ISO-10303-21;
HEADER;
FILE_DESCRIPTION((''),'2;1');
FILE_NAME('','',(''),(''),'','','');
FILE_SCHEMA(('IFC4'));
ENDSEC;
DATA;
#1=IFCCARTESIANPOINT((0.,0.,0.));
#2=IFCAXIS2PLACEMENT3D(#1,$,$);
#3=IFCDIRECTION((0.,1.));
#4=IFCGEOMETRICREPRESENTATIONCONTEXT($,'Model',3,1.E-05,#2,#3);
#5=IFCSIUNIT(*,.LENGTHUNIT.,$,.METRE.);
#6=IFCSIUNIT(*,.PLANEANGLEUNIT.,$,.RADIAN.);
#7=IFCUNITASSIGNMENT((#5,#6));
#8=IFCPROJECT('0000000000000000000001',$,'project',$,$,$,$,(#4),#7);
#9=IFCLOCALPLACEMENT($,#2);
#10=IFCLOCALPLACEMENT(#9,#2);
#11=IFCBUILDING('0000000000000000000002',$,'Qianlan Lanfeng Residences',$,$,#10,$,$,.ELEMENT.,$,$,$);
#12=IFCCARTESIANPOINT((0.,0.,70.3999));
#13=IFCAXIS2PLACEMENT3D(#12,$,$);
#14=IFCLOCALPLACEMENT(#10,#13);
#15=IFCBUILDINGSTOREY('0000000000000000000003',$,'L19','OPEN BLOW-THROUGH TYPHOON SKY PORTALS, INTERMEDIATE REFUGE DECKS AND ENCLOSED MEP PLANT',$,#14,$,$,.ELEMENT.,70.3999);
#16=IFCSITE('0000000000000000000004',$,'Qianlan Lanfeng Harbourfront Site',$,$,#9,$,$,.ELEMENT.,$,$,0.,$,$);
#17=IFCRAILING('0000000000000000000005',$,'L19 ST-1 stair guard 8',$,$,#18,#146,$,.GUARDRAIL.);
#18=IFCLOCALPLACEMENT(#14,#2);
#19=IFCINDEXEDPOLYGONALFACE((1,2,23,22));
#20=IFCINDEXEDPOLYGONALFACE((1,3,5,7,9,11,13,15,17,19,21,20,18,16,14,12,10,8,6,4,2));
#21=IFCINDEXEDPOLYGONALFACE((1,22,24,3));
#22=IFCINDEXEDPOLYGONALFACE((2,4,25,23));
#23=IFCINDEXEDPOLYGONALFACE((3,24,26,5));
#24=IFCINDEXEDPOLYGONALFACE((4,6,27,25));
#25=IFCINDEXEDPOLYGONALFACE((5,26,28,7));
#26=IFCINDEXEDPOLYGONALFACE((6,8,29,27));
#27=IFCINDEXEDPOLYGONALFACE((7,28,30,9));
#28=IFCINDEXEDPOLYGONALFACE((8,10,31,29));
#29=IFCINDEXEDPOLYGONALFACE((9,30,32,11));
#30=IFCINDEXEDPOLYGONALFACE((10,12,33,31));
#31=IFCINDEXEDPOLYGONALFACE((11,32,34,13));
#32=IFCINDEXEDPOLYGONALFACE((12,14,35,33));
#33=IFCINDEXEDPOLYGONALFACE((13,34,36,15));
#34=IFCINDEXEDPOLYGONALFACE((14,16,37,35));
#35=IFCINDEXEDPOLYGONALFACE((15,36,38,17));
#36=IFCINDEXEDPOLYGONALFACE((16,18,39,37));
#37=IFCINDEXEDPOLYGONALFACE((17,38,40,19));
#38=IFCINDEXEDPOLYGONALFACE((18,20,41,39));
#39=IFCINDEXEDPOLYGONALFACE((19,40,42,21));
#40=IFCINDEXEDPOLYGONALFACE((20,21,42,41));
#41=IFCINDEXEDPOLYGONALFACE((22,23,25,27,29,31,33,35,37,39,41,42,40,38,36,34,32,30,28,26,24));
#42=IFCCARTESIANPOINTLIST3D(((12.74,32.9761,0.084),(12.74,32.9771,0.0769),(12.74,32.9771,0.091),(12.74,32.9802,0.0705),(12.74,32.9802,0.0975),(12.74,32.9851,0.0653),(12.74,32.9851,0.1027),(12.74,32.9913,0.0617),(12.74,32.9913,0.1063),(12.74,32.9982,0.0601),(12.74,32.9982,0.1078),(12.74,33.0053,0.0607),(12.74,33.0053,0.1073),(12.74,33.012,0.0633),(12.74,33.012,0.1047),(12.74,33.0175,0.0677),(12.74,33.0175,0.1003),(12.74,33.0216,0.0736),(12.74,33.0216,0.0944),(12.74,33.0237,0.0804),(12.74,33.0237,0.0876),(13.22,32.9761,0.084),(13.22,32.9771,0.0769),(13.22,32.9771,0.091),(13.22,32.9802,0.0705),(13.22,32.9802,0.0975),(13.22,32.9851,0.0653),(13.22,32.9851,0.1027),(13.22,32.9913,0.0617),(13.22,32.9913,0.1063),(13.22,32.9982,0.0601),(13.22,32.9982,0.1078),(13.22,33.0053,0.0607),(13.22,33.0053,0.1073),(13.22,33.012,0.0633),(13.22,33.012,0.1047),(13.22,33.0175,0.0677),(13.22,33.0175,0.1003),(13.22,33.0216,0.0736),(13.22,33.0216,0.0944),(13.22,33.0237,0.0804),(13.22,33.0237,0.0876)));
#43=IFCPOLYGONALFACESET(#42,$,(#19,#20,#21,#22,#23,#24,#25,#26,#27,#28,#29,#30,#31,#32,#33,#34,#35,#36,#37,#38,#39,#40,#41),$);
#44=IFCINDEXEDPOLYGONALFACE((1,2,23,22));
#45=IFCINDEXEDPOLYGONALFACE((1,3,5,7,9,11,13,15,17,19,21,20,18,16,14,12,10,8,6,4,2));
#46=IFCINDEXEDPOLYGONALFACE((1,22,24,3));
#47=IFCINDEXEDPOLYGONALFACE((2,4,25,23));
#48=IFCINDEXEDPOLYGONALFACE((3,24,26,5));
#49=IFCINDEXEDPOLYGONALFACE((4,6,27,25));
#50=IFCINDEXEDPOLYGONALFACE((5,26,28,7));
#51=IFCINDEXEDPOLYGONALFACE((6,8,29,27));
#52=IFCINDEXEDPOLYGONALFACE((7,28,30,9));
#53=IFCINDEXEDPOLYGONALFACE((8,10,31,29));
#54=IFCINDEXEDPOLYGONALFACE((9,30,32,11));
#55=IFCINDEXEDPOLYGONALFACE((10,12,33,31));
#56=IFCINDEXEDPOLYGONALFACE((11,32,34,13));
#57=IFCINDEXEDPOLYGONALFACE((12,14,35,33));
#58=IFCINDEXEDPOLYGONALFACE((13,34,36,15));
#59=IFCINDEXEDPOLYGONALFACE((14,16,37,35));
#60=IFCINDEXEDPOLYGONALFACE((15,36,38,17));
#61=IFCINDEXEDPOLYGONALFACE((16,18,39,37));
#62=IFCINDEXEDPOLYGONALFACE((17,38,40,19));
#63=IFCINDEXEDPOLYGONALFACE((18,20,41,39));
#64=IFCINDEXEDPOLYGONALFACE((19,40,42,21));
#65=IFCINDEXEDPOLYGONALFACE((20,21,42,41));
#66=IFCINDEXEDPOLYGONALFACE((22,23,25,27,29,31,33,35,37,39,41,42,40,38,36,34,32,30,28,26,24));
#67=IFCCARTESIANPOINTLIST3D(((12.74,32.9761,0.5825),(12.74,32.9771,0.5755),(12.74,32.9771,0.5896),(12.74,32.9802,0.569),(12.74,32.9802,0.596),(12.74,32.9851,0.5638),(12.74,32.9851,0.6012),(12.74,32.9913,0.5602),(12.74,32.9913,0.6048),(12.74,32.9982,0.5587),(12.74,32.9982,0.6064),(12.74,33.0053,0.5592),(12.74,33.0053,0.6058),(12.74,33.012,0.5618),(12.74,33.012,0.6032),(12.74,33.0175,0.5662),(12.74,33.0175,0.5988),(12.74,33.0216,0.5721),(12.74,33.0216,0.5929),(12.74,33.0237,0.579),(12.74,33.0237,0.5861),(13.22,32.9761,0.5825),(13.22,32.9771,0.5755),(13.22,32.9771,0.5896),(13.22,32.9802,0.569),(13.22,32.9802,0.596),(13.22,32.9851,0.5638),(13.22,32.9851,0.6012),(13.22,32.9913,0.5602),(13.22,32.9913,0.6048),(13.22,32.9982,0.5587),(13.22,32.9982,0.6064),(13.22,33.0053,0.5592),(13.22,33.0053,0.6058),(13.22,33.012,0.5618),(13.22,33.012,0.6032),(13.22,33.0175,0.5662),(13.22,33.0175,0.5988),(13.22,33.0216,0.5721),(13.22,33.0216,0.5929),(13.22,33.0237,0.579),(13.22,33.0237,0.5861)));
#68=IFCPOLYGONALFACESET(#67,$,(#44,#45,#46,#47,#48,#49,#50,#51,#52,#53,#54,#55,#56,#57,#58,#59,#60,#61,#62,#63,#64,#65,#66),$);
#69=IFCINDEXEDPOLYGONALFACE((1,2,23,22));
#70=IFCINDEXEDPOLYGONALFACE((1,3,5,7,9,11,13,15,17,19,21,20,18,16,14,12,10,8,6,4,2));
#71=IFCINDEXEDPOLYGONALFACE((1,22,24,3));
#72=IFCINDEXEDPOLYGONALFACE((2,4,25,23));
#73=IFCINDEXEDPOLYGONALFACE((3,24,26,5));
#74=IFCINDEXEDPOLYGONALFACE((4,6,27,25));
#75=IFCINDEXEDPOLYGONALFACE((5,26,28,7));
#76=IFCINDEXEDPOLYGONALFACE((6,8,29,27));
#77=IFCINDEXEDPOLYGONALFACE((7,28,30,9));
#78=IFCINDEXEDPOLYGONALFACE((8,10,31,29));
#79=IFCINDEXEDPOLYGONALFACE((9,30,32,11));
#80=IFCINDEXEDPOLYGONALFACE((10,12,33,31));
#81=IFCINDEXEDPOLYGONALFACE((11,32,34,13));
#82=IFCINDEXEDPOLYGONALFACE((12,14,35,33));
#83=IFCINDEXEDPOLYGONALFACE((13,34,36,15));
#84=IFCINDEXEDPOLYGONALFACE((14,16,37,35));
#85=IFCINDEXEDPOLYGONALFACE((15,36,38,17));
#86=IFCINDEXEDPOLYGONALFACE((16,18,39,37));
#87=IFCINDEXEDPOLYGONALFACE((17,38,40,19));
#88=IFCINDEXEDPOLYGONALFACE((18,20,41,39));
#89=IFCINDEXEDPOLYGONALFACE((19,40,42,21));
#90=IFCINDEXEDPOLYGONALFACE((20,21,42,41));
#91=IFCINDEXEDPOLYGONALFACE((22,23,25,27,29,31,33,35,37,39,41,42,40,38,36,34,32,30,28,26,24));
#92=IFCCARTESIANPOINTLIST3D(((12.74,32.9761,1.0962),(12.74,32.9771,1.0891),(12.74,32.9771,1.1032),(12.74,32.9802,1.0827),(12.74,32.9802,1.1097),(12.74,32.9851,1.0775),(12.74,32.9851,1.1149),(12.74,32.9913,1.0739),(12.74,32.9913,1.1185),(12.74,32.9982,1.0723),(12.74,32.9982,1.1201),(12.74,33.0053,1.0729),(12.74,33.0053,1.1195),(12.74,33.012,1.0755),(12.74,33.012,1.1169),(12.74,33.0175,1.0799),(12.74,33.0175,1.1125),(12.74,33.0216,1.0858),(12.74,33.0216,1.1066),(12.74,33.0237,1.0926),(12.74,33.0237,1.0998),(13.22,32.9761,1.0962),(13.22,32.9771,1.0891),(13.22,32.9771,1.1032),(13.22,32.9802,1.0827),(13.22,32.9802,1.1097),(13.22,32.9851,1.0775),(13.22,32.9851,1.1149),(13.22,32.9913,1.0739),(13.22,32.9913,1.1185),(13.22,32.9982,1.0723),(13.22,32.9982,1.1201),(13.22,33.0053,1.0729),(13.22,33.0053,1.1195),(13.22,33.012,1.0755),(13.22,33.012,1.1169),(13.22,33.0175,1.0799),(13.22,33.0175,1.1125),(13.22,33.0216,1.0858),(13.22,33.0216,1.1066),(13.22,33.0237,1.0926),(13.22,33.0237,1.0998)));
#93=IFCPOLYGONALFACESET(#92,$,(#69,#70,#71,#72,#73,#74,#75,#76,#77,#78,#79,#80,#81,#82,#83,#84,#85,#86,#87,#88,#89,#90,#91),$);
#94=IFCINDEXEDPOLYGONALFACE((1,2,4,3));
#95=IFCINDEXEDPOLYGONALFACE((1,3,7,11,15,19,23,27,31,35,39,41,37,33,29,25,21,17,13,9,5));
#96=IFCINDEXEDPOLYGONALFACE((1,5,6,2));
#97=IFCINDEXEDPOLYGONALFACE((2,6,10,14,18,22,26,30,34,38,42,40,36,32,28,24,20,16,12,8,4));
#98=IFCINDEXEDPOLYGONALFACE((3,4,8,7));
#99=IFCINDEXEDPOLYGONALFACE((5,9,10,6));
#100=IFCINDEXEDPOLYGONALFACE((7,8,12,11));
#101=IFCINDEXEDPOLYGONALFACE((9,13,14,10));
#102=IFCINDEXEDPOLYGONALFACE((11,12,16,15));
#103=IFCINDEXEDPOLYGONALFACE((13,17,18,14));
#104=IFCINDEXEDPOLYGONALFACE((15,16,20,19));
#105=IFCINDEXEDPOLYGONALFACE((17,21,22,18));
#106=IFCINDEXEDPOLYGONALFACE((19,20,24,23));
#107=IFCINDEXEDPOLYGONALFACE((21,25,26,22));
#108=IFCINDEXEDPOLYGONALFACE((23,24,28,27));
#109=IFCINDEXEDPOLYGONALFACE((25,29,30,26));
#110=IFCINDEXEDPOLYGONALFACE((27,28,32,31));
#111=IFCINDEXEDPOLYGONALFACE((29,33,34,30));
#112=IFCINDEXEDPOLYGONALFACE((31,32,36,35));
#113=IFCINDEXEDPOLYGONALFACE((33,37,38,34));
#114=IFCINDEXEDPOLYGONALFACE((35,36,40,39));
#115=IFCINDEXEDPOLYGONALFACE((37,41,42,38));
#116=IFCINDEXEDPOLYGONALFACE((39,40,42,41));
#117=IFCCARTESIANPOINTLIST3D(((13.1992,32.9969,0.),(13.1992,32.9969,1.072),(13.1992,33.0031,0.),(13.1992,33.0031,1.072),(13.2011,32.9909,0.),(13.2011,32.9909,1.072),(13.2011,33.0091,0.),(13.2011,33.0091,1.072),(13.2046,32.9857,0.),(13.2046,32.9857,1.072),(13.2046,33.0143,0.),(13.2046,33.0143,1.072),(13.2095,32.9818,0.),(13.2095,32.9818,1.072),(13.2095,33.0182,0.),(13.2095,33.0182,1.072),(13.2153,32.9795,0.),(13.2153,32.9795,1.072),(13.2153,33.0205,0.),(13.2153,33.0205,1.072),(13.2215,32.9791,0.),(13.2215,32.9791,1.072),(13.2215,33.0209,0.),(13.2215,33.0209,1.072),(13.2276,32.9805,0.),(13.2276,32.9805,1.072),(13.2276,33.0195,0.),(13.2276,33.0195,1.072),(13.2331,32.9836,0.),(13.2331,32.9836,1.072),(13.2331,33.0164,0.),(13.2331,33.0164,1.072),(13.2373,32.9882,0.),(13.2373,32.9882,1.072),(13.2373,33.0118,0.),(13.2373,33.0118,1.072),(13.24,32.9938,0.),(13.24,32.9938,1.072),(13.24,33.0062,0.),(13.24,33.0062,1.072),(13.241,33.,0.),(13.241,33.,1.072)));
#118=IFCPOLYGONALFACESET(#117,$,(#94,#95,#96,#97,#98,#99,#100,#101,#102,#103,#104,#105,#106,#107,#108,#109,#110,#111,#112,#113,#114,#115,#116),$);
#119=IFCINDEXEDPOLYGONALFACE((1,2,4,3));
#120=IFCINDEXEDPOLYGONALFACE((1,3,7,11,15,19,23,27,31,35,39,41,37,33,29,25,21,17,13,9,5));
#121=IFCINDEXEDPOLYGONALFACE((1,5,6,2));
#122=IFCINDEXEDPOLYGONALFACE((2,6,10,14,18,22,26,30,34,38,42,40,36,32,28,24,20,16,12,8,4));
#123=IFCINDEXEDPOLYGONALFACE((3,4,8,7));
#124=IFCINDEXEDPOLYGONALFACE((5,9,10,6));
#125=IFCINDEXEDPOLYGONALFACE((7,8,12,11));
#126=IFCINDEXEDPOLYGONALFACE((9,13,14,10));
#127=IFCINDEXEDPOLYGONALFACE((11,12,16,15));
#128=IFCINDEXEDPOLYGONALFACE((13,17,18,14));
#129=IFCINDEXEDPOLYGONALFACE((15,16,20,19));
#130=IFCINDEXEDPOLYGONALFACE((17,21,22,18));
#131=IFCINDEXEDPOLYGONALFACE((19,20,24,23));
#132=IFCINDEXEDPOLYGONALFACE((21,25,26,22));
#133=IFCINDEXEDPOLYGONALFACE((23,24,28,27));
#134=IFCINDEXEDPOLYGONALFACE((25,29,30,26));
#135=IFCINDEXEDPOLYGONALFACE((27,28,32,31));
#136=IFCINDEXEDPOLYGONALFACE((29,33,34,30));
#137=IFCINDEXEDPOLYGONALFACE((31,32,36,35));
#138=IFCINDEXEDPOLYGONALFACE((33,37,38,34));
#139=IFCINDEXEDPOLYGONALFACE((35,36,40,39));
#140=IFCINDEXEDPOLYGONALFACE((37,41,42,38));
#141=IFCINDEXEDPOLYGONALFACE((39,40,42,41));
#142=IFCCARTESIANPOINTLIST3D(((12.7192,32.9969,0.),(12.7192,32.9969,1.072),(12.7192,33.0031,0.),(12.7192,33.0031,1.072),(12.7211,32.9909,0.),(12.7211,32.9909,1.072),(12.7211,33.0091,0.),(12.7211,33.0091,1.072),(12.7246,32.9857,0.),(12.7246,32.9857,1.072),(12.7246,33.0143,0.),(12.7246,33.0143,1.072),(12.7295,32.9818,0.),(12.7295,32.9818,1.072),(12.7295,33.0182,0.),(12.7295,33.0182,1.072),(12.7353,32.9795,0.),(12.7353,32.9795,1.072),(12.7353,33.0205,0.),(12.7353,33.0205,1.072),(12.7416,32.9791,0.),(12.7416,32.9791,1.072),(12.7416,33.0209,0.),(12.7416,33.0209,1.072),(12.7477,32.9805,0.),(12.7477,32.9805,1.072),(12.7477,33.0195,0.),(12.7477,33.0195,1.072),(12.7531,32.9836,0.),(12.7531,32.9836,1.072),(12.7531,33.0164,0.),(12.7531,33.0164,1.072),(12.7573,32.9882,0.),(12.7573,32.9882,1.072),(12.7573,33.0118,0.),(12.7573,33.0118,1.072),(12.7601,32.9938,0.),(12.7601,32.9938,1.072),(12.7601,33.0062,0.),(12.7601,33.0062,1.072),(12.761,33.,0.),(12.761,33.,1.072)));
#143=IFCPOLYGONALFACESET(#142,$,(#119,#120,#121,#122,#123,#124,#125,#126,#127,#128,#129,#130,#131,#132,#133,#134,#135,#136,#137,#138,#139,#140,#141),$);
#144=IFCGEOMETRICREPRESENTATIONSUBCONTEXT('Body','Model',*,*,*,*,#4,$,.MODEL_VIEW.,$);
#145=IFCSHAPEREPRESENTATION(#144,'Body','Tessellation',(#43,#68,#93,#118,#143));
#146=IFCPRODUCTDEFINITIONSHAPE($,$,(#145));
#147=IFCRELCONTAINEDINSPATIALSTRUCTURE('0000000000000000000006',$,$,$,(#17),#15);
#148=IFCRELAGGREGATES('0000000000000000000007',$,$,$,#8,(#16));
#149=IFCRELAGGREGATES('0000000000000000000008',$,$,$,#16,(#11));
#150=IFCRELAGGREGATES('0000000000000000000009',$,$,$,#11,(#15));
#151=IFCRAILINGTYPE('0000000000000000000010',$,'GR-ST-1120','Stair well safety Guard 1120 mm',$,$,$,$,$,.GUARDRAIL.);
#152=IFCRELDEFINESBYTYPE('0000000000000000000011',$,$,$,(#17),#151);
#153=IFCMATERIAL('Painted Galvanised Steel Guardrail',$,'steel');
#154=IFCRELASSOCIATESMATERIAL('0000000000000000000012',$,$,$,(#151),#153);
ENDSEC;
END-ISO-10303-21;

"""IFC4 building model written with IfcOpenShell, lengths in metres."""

from ifc_helpers import new_model, si_unit, direction, frame, origin, origin_2d, place, context, subcontext, project, spatial, circle, extrude, material, type_object, element, save


model = new_model("IFC4")

# Units and contexts
model_context = context("Model", 3, precision=1e-05, world=origin(), true_north=direction((0.0, 1.0)))
body_context = subcontext(model_context, "Body", "Model", "MODEL_VIEW")
ifc_project = project(units=[si_unit("LENGTHUNIT", "METRE"), si_unit("PLANEANGLEUNIT", "RADIAN")], contexts=[model_context])

# Site, building, storey
site_placement = place(None, origin())
site = spatial("IfcSite", under=ifc_project, at=site_placement, Name="Qianlan Lanfeng Harbourfront Site", CompositionType="ELEMENT", RefElevation=0.0)
building_placement = place(site_placement, origin())
building = spatial("IfcBuilding", under=site, at=building_placement, Name="Qianlan Lanfeng Residences", CompositionType="ELEMENT")
storey_placement = place(building_placement, frame((0.0, 0.0, 70.3999)))
storey = spatial("IfcBuildingStorey", under=building, at=storey_placement, Name="L19", Description="OPEN BLOW-THROUGH TYPHOON SKY PORTALS, INTERMEDIATE REFUGE DECKS AND ENCLOSED MEP PLANT", CompositionType="ELEMENT", Elevation=70.3999)

# Railing
ifc_material_1 = material(Name="Painted Galvanised Steel Guardrail", Category="steel")
railing_type_1 = type_object("IfcRailingType", Name="GR-ST-1120", Description="Stair well safety Guard 1120 mm", PredefinedType="GUARDRAIL", material=ifc_material_1)
railing_1_placement = place(storey_placement, frame((13.22, 33.0, 0.0)))
element("IfcRailing", 1, at=railing_1_placement, inside=storey, type_object=railing_type_1, Name="L19 ST-1 stair guard 8", PredefinedType="GUARDRAIL", context=body_context, shape_type="SweptSolid", body=[
    extrude(circle(Radius=0.0239, at=origin_2d()), frame((0.0, 0.0, 0.084), z_axis=(-1.0, 0.0, 0.0), x_axis=(0.0, -1.0, 0.0)), (0.0, 0.0, 1.0), 0.48),
    extrude(circle(Radius=0.0239, at=origin_2d()), frame((0.0, 0.0, 0.5825), z_axis=(-1.0, 0.0, 0.0), x_axis=(0.0, -1.0, 0.0)), (0.0, 0.0, 1.0), 0.48),
    extrude(circle(Radius=0.0239, at=origin_2d()), frame((0.0, 0.0, 1.0962), z_axis=(-1.0, 0.0, 0.0), x_axis=(0.0, -1.0, 0.0)), (0.0, 0.0, 1.0), 0.48),
    extrude(circle(Radius=0.021, at=origin_2d()), origin(), (0.0, 0.0, 1.0), 1.072),
    extrude(circle(Radius=0.021, at=origin_2d()), frame((-0.48, 0.0, 0.0)), (0.0, 0.0, 1.0), 1.072),
])

save(model, "model.ifc")
